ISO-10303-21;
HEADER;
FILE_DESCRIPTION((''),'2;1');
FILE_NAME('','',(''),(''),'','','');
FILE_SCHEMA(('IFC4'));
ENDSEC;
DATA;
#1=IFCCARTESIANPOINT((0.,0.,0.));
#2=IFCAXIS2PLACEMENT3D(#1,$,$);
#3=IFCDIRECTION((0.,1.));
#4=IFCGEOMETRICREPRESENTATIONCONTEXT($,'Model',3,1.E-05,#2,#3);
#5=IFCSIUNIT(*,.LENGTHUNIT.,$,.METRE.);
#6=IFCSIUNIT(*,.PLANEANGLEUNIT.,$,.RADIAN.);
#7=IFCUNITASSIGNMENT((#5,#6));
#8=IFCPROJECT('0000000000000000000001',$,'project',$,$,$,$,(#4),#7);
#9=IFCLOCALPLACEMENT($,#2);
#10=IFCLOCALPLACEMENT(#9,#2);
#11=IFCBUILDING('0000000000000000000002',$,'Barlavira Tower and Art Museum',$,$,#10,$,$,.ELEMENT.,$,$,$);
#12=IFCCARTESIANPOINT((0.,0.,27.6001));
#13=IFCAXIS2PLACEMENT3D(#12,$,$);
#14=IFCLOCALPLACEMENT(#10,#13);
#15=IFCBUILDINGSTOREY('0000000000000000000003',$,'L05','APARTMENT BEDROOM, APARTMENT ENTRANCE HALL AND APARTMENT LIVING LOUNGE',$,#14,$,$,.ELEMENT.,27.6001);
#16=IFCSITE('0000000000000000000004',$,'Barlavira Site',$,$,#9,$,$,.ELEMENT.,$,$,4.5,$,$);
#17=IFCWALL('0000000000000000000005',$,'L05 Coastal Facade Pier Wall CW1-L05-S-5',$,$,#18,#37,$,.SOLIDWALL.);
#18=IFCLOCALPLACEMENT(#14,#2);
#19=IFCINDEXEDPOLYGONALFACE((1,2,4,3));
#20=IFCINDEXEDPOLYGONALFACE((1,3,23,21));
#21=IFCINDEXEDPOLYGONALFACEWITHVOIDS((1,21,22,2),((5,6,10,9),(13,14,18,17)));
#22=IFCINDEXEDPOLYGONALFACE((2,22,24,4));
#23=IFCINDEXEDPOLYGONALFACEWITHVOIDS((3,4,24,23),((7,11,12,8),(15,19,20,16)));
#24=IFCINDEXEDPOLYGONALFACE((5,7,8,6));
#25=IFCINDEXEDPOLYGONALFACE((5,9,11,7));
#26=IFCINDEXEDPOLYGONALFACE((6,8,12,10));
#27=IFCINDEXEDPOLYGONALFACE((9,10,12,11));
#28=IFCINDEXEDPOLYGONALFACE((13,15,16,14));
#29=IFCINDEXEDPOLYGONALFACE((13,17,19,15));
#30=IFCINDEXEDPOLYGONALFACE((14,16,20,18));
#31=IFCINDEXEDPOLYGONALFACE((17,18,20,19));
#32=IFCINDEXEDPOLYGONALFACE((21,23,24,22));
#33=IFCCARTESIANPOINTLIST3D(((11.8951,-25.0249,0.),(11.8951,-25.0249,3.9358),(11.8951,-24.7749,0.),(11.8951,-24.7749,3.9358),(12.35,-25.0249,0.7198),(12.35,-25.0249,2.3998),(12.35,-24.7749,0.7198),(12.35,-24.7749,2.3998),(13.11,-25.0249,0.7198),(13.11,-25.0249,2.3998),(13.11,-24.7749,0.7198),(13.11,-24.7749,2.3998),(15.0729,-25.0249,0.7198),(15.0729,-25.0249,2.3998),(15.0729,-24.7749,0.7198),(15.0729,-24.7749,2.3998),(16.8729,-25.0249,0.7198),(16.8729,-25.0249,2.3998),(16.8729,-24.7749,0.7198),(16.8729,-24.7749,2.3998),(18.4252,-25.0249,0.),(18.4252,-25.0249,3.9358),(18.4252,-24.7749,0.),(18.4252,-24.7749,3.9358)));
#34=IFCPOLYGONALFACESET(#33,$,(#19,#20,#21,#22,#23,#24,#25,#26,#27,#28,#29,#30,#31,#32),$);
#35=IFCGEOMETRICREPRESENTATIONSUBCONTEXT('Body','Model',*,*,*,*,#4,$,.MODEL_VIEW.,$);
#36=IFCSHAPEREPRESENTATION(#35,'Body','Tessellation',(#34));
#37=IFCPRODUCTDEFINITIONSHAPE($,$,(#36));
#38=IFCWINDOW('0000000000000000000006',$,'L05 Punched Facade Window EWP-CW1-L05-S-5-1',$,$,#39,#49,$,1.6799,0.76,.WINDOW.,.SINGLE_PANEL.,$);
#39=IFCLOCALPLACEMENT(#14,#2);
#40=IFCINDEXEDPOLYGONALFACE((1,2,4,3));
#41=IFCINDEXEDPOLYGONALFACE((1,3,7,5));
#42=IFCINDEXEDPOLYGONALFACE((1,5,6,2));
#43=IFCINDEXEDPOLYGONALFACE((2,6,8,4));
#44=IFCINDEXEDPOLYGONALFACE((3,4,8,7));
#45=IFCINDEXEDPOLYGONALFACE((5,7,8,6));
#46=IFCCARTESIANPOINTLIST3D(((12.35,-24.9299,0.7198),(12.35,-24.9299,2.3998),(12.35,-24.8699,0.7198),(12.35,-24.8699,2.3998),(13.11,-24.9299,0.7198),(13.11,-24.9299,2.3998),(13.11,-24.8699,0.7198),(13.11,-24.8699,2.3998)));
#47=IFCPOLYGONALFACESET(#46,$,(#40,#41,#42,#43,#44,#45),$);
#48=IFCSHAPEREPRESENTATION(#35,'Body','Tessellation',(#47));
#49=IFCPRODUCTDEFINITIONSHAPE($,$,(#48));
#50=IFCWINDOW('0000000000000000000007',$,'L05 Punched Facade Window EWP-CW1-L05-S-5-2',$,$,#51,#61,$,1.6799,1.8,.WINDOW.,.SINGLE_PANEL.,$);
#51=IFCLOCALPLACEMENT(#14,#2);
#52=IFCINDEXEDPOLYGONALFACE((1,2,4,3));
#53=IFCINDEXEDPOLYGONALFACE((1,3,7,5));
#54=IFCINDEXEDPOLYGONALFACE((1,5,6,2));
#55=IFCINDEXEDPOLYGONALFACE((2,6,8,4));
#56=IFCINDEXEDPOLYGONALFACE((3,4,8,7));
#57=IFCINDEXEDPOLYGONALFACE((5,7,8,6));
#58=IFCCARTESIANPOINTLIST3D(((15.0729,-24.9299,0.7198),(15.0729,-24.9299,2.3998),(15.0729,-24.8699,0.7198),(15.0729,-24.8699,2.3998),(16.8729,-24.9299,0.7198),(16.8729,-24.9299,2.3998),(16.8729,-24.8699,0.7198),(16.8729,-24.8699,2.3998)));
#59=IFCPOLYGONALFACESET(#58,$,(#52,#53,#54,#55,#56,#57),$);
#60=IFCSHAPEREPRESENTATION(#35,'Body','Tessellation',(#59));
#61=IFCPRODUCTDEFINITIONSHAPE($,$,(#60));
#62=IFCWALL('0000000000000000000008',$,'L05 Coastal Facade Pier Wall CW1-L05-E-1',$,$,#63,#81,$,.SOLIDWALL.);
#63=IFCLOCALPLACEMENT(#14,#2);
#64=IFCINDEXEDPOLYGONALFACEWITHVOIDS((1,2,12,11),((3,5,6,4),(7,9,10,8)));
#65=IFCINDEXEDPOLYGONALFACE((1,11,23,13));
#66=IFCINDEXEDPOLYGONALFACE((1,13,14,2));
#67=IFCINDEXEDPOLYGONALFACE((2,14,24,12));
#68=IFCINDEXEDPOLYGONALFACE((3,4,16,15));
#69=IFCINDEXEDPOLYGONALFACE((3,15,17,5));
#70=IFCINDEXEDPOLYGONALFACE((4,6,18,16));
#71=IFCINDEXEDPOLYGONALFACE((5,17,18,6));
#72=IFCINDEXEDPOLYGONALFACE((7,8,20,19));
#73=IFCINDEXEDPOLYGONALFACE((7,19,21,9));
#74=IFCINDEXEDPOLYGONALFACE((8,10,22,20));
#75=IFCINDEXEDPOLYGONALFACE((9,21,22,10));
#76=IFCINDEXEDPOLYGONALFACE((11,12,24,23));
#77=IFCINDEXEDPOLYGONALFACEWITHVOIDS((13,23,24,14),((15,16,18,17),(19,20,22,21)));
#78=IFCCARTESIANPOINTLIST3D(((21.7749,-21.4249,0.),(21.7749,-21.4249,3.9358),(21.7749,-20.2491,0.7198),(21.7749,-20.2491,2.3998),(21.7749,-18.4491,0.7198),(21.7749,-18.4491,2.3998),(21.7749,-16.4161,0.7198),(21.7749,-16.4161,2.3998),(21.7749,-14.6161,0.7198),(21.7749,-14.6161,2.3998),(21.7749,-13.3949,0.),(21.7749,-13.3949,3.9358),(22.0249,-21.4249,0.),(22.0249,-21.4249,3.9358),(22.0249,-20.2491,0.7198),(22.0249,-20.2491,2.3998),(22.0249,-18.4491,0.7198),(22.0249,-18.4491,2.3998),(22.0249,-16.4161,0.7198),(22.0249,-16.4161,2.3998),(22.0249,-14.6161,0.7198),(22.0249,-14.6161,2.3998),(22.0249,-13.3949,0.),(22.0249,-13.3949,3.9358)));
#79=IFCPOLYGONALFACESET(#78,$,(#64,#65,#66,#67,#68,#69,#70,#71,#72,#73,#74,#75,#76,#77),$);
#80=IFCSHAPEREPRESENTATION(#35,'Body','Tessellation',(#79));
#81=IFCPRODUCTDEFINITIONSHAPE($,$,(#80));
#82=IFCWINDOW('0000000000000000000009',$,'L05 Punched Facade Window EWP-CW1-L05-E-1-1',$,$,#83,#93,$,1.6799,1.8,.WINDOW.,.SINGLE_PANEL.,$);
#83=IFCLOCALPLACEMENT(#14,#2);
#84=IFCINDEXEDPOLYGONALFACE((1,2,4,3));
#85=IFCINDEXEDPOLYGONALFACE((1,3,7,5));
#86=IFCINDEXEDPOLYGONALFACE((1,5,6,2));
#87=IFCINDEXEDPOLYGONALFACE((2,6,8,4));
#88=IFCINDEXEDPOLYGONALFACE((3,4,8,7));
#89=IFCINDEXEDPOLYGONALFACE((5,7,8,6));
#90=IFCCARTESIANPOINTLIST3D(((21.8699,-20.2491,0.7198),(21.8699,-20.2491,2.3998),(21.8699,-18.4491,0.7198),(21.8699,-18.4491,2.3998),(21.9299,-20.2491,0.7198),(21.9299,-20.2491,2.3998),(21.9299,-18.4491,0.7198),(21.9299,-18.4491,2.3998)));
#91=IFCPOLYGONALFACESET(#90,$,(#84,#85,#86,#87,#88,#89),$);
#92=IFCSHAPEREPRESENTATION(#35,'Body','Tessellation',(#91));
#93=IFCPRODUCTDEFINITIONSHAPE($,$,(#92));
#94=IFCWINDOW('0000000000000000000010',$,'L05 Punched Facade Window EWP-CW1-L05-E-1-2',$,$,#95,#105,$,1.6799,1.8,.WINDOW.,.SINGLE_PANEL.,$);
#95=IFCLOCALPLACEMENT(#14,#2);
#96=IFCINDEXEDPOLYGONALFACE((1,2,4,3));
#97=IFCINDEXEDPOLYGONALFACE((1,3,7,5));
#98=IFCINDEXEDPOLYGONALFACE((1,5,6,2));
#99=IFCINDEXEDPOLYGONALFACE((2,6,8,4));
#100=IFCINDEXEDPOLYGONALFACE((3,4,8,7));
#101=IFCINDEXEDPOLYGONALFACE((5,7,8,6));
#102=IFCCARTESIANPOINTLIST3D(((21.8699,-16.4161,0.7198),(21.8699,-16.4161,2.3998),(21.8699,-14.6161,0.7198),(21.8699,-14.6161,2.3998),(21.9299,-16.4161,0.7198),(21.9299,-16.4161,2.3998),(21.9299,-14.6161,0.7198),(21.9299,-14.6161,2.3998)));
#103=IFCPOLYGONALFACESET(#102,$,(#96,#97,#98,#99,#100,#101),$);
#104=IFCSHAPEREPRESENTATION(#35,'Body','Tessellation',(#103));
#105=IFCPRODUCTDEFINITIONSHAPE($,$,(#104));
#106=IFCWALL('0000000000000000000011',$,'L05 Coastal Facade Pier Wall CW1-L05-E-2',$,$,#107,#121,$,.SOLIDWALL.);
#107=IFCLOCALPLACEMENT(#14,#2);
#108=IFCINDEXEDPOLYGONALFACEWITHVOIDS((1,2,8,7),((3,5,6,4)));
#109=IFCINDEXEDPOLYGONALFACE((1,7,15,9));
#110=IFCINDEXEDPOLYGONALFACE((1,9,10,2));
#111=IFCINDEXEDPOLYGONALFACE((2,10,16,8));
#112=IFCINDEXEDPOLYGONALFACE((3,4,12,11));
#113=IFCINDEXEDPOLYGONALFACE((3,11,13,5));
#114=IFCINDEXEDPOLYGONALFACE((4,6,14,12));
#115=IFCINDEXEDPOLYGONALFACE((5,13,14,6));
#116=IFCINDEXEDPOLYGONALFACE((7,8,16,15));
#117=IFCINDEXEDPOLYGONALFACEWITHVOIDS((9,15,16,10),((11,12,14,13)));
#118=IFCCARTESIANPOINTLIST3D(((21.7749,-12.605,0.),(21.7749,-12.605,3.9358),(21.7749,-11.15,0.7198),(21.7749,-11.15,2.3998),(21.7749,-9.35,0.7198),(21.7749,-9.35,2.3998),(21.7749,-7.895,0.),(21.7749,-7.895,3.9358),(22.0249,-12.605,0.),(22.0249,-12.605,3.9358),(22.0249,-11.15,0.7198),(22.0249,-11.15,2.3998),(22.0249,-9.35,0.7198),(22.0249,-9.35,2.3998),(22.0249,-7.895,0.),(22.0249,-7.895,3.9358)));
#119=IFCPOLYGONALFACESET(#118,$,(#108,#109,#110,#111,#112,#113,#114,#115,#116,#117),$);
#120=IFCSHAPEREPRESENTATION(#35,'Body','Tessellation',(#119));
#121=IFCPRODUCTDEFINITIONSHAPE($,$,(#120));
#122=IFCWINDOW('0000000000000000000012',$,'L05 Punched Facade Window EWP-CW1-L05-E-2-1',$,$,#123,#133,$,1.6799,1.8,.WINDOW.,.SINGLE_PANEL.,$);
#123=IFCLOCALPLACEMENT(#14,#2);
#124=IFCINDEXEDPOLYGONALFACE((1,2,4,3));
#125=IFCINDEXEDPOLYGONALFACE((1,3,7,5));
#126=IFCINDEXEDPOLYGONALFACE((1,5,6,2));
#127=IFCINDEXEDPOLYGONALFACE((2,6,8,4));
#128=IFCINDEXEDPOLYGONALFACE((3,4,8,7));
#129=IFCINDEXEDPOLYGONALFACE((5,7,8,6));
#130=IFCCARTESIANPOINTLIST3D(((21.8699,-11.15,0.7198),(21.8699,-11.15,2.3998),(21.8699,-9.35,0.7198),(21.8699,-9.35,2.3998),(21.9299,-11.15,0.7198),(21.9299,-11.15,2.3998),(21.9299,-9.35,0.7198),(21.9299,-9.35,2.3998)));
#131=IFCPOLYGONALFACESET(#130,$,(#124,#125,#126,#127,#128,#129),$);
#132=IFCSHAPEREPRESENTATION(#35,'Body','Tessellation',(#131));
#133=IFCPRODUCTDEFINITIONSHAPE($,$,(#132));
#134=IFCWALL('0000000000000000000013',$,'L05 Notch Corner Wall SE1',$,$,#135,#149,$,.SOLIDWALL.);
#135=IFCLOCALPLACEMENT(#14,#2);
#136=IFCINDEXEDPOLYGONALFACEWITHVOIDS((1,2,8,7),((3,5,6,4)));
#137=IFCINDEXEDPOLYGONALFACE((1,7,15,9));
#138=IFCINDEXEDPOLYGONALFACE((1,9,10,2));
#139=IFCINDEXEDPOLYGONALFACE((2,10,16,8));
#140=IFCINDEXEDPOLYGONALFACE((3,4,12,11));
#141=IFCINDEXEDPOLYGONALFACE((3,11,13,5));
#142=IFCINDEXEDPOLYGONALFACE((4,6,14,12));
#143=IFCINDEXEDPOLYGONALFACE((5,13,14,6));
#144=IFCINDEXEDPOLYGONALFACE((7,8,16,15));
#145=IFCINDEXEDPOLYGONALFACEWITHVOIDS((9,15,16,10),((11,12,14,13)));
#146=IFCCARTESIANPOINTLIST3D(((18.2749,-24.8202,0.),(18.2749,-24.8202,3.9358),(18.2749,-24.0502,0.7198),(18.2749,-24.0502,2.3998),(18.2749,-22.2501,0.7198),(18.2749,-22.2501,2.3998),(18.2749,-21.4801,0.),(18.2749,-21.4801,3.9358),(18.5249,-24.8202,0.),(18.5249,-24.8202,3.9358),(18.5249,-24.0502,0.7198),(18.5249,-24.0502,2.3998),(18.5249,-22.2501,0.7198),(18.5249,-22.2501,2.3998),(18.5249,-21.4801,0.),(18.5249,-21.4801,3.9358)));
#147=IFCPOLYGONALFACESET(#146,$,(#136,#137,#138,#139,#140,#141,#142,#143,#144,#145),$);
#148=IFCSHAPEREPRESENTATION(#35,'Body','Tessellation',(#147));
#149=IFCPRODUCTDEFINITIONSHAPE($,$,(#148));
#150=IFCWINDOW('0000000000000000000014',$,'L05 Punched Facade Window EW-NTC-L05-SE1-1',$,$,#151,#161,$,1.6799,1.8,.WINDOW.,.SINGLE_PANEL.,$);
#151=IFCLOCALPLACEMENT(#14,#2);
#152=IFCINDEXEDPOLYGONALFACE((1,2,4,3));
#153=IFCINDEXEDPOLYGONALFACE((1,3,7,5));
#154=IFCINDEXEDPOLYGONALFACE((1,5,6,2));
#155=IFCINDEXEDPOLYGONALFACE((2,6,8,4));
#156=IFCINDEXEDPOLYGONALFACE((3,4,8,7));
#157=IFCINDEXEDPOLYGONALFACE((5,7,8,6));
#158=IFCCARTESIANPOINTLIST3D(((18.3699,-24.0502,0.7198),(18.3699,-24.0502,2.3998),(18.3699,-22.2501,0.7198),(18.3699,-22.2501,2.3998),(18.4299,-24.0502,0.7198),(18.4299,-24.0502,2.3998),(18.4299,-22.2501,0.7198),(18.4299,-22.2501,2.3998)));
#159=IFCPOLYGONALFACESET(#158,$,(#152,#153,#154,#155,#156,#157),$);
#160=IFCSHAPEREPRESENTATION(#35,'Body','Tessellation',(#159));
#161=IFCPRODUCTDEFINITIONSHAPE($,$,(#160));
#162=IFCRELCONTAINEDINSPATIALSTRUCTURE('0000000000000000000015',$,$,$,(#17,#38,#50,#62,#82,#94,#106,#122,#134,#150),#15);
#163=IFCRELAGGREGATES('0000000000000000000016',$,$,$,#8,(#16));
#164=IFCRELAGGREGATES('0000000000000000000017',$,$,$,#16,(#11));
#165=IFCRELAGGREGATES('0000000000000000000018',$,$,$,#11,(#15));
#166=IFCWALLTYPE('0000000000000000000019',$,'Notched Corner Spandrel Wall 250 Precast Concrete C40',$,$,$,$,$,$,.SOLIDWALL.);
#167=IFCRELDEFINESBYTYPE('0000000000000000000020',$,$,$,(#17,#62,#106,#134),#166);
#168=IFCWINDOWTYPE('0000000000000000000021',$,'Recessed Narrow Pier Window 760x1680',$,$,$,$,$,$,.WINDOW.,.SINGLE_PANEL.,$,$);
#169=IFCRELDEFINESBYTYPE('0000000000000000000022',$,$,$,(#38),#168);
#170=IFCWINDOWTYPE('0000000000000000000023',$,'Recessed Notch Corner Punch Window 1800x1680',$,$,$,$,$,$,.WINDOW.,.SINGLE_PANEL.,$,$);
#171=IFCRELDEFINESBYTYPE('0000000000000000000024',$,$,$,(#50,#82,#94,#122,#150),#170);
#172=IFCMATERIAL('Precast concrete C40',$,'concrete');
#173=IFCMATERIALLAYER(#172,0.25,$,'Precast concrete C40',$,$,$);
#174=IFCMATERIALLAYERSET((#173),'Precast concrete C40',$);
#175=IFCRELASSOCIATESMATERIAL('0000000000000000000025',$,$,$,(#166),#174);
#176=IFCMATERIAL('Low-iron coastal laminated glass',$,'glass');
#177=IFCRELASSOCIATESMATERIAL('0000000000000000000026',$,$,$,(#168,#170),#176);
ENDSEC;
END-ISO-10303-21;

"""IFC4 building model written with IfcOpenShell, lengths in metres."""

from ifc_helpers import new_model, si_unit, direction, frame, frame_2d, origin, place, context, subcontext, project, spatial, rectangle, extrude, material, layer, layer_set, type_object, element, fill, save


model = new_model("IFC4")

# Units and contexts
model_context = context("Model", 3, precision=1e-05, world=origin(), true_north=direction((0.0, 1.0)))
body_context = subcontext(model_context, "Body", "Model", "MODEL_VIEW")
ifc_project = project(units=[si_unit("LENGTHUNIT", "METRE"), si_unit("PLANEANGLEUNIT", "RADIAN")], contexts=[model_context])

# Site, building, storey
site_placement = place(None, origin())
site = spatial("IfcSite", under=ifc_project, at=site_placement, Name="Barlavira Site", CompositionType="ELEMENT", RefElevation=4.5)
building_placement = place(site_placement, origin())
building = spatial("IfcBuilding", under=site, at=building_placement, Name="Barlavira Tower and Art Museum", CompositionType="ELEMENT")
storey_placement = place(building_placement, frame((0.0, 0.0, 27.6001)))
storey = spatial("IfcBuildingStorey", under=building, at=storey_placement, Name="L05", Description="APARTMENT BEDROOM, APARTMENT ENTRANCE HALL AND APARTMENT LIVING LOUNGE", CompositionType="ELEMENT", Elevation=27.6001)

# Walls, openings, windows
ifc_material_1 = material(Name="Precast concrete C40", Category="concrete")
ifc_layer_1 = layer(ifc_material_1, 0.25, Name="Precast concrete C40")
ifc_layer_set_1 = layer_set([ifc_layer_1], Name="Precast concrete C40")
wall_type_1 = type_object("IfcWallType", Name="Notched Corner Spandrel Wall 250 Precast Concrete C40", PredefinedType="SOLIDWALL", material=ifc_layer_set_1)
wall_1_placement = place(storey_placement, frame((11.895, -24.8999, 0.0), z_axis=(0.0, 0.0, 1.0), x_axis=(1.0, 0.0, 0.0)))
wall_1 = element("IfcWall", 1, at=wall_1_placement, inside=storey, type_object=wall_type_1, Name="L05 Coastal Facade Pier Wall CW1-L05-S-5", PredefinedType="SOLIDWALL", context=body_context, shape_type="SweptSolid", body=[
    extrude(rectangle(XDim=6.53, YDim=0.25, at=frame_2d((3.2651, 0.0))), origin(), (0.0, 0.0, 1.0), 3.9358),
])
opening_1_placement = place(wall_1_placement, frame((0.4551, 0.0, 0.72)))
opening_1 = element("IfcOpeningElement", 2, at=opening_1_placement, cuts=wall_1, PredefinedType="OPENING", context=body_context, shape_type="SweptSolid", body=[
    extrude(rectangle(XDim=0.76, YDim=1.6799, at=frame_2d((0.3799, 0.8398))), frame((0.0, 0.135, 0.0), z_axis=(0.0, -1.0, 0.0), x_axis=(1.0, 0.0, 0.0)), (0.0, 0.0, 1.0), 0.27),
])
opening_2_placement = place(wall_1_placement, frame((3.178, 0.0, 0.72)))
opening_2 = element("IfcOpeningElement", 3, at=opening_2_placement, cuts=wall_1, PredefinedType="OPENING", context=body_context, shape_type="SweptSolid", body=[
    extrude(rectangle(XDim=1.8, YDim=1.6799, at=frame_2d((0.8999, 0.8398))), frame((0.0, 0.135, 0.0), z_axis=(0.0, -1.0, 0.0), x_axis=(1.0, 0.0, 0.0)), (0.0, 0.0, 1.0), 0.27),
])
ifc_material_2 = material(Name="Low-iron coastal laminated glass", Category="glass")
window_type_1 = type_object("IfcWindowType", Name="Recessed Narrow Pier Window 760x1680", PartitioningType="SINGLE_PANEL", PredefinedType="WINDOW", material=ifc_material_2)
window_1_placement = place(opening_1_placement, origin())
window_1 = element("IfcWindow", 4, at=window_1_placement, inside=storey, type_object=window_type_1, Name="L05 Punched Facade Window EWP-CW1-L05-S-5-1", OverallHeight=1.6799, OverallWidth=0.76, PartitioningType="SINGLE_PANEL", PredefinedType="WINDOW", context=body_context, shape_type="SweptSolid", body=[
    extrude(rectangle(XDim=0.76, YDim=1.6799, at=frame_2d((0.3799, 0.8398))), frame((0.0, 0.03, 0.0), z_axis=(0.0, -1.0, 0.0), x_axis=(1.0, 0.0, 0.0)), (0.0, 0.0, 1.0), 0.0601),
])
fill(opening_1, window_1)
window_type_2 = type_object("IfcWindowType", Name="Recessed Notch Corner Punch Window 1800x1680", PartitioningType="SINGLE_PANEL", PredefinedType="WINDOW", material=ifc_material_2)
window_2_placement = place(opening_2_placement, origin())
window_2 = element("IfcWindow", 5, at=window_2_placement, inside=storey, type_object=window_type_2, Name="L05 Punched Facade Window EWP-CW1-L05-S-5-2", OverallHeight=1.6799, OverallWidth=1.8, PartitioningType="SINGLE_PANEL", PredefinedType="WINDOW", context=body_context, shape_type="SweptSolid", body=[
    extrude(rectangle(XDim=1.8, YDim=1.6799, at=frame_2d((0.8999, 0.8398))), frame((0.0, 0.03, 0.0), z_axis=(0.0, -1.0, 0.0), x_axis=(1.0, 0.0, 0.0)), (0.0, 0.0, 1.0), 0.0601),
])
fill(opening_2, window_2)
wall_2_placement = place(storey_placement, frame((21.8999, -21.425, 0.0), z_axis=(0.0, 0.0, 1.0), x_axis=(0.0, 1.0, 0.0)))
wall_2 = element("IfcWall", 6, at=wall_2_placement, inside=storey, type_object=wall_type_1, Name="L05 Coastal Facade Pier Wall CW1-L05-E-1", PredefinedType="SOLIDWALL", context=body_context, shape_type="SweptSolid", body=[
    extrude(rectangle(XDim=8.03, YDim=0.25, at=frame_2d((4.0151, 0.0))), origin(), (0.0, 0.0, 1.0), 3.9358),
])
opening_3_placement = place(wall_2_placement, frame((1.176, 0.0, 0.72)))
opening_3 = element("IfcOpeningElement", 7, at=opening_3_placement, cuts=wall_2, PredefinedType="OPENING", context=body_context, shape_type="SweptSolid", body=[
    extrude(rectangle(XDim=1.8, YDim=1.6799, at=frame_2d((0.8999, 0.8398))), frame((0.0, 0.135, 0.0), z_axis=(0.0, -1.0, 0.0), x_axis=(1.0, 0.0, 0.0)), (0.0, 0.0, 1.0), 0.27),
])
opening_4_placement = place(wall_2_placement, frame((5.009, 0.0, 0.72)))
opening_4 = element("IfcOpeningElement", 8, at=opening_4_placement, cuts=wall_2, PredefinedType="OPENING", context=body_context, shape_type="SweptSolid", body=[
    extrude(rectangle(XDim=1.8, YDim=1.6799, at=frame_2d((0.8999, 0.8398))), frame((0.0, 0.135, 0.0), z_axis=(0.0, -1.0, 0.0), x_axis=(1.0, 0.0, 0.0)), (0.0, 0.0, 1.0), 0.27),
])
window_3_placement = place(opening_3_placement, origin())
window_3 = element("IfcWindow", 9, at=window_3_placement, inside=storey, type_object=window_type_2, Name="L05 Punched Facade Window EWP-CW1-L05-E-1-1", OverallHeight=1.6799, OverallWidth=1.8, PartitioningType="SINGLE_PANEL", PredefinedType="WINDOW", context=body_context, shape_type="SweptSolid", body=[
    extrude(rectangle(XDim=1.8, YDim=1.6799, at=frame_2d((0.8999, 0.8398))), frame((0.0, 0.03, 0.0), z_axis=(0.0, -1.0, 0.0), x_axis=(1.0, 0.0, 0.0)), (0.0, 0.0, 1.0), 0.0601),
])
fill(opening_3, window_3)
window_4_placement = place(opening_4_placement, origin())
window_4 = element("IfcWindow", 10, at=window_4_placement, inside=storey, type_object=window_type_2, Name="L05 Punched Facade Window EWP-CW1-L05-E-1-2", OverallHeight=1.6799, OverallWidth=1.8, PartitioningType="SINGLE_PANEL", PredefinedType="WINDOW", context=body_context, shape_type="SweptSolid", body=[
    extrude(rectangle(XDim=1.8, YDim=1.6799, at=frame_2d((0.8999, 0.8398))), frame((0.0, 0.03, 0.0), z_axis=(0.0, -1.0, 0.0), x_axis=(1.0, 0.0, 0.0)), (0.0, 0.0, 1.0), 0.0601),
])
fill(opening_4, window_4)

# Walls, openings, windows
wall_3_placement = place(storey_placement, frame((21.8999, -12.605, 0.0), z_axis=(0.0, 0.0, 1.0), x_axis=(0.0, 1.0, 0.0)))
wall_3 = element("IfcWall", 11, at=wall_3_placement, inside=storey, type_object=wall_type_1, Name="L05 Coastal Facade Pier Wall CW1-L05-E-2", PredefinedType="SOLIDWALL", context=body_context, shape_type="SweptSolid", body=[
    extrude(rectangle(XDim=4.71, YDim=0.25, at=frame_2d((2.355, 0.0))), origin(), (0.0, 0.0, 1.0), 3.9358),
])
opening_5_placement = place(wall_3_placement, frame((1.4551, 0.0, 0.72)))
opening_5 = element("IfcOpeningElement", 12, at=opening_5_placement, cuts=wall_3, PredefinedType="OPENING", context=body_context, shape_type="SweptSolid", body=[
    extrude(rectangle(XDim=1.8, YDim=1.6799, at=frame_2d((0.8999, 0.8398))), frame((0.0, 0.135, 0.0), z_axis=(0.0, -1.0, 0.0), x_axis=(1.0, 0.0, 0.0)), (0.0, 0.0, 1.0), 0.27),
])
window_5_placement = place(opening_5_placement, origin())
window_5 = element("IfcWindow", 13, at=window_5_placement, inside=storey, type_object=window_type_2, Name="L05 Punched Facade Window EWP-CW1-L05-E-2-1", OverallHeight=1.6799, OverallWidth=1.8, PartitioningType="SINGLE_PANEL", PredefinedType="WINDOW", context=body_context, shape_type="SweptSolid", body=[
    extrude(rectangle(XDim=1.8, YDim=1.6799, at=frame_2d((0.8999, 0.8398))), frame((0.0, 0.03, 0.0), z_axis=(0.0, -1.0, 0.0), x_axis=(1.0, 0.0, 0.0)), (0.0, 0.0, 1.0), 0.0601),
])
fill(opening_5, window_5)
wall_4_placement = place(storey_placement, frame((18.3999, -24.8201, 0.0), z_axis=(0.0, 0.0, 1.0), x_axis=(0.0, 1.0, 0.0)))
wall_4 = element("IfcWall", 14, at=wall_4_placement, inside=storey, type_object=wall_type_1, Name="L05 Notch Corner Wall SE1", PredefinedType="SOLIDWALL", context=body_context, shape_type="SweptSolid", body=[
    extrude(rectangle(XDim=3.3401, YDim=0.25, at=frame_2d((1.6699, 0.0))), origin(), (0.0, 0.0, 1.0), 3.9358),
])
opening_6_placement = place(wall_4_placement, frame((0.77, 0.0, 0.72)))
opening_6 = element("IfcOpeningElement", 15, at=opening_6_placement, cuts=wall_4, PredefinedType="OPENING", context=body_context, shape_type="SweptSolid", body=[
    extrude(rectangle(XDim=1.8, YDim=1.6799, at=frame_2d((0.8999, 0.8398))), frame((0.0, 0.135, 0.0), z_axis=(0.0, -1.0, 0.0), x_axis=(1.0, 0.0, 0.0)), (0.0, 0.0, 1.0), 0.27),
])
window_6_placement = place(opening_6_placement, origin())
window_6 = element("IfcWindow", 16, at=window_6_placement, inside=storey, type_object=window_type_2, Name="L05 Punched Facade Window EW-NTC-L05-SE1-1", OverallHeight=1.6799, OverallWidth=1.8, PartitioningType="SINGLE_PANEL", PredefinedType="WINDOW", context=body_context, shape_type="SweptSolid", body=[
    extrude(rectangle(XDim=1.8, YDim=1.6799, at=frame_2d((0.8999, 0.8398))), frame((0.0, 0.03, 0.0), z_axis=(0.0, -1.0, 0.0), x_axis=(1.0, 0.0, 0.0)), (0.0, 0.0, 1.0), 0.0601),
])
fill(opening_6, window_6)

save(model, "model.ifc")
